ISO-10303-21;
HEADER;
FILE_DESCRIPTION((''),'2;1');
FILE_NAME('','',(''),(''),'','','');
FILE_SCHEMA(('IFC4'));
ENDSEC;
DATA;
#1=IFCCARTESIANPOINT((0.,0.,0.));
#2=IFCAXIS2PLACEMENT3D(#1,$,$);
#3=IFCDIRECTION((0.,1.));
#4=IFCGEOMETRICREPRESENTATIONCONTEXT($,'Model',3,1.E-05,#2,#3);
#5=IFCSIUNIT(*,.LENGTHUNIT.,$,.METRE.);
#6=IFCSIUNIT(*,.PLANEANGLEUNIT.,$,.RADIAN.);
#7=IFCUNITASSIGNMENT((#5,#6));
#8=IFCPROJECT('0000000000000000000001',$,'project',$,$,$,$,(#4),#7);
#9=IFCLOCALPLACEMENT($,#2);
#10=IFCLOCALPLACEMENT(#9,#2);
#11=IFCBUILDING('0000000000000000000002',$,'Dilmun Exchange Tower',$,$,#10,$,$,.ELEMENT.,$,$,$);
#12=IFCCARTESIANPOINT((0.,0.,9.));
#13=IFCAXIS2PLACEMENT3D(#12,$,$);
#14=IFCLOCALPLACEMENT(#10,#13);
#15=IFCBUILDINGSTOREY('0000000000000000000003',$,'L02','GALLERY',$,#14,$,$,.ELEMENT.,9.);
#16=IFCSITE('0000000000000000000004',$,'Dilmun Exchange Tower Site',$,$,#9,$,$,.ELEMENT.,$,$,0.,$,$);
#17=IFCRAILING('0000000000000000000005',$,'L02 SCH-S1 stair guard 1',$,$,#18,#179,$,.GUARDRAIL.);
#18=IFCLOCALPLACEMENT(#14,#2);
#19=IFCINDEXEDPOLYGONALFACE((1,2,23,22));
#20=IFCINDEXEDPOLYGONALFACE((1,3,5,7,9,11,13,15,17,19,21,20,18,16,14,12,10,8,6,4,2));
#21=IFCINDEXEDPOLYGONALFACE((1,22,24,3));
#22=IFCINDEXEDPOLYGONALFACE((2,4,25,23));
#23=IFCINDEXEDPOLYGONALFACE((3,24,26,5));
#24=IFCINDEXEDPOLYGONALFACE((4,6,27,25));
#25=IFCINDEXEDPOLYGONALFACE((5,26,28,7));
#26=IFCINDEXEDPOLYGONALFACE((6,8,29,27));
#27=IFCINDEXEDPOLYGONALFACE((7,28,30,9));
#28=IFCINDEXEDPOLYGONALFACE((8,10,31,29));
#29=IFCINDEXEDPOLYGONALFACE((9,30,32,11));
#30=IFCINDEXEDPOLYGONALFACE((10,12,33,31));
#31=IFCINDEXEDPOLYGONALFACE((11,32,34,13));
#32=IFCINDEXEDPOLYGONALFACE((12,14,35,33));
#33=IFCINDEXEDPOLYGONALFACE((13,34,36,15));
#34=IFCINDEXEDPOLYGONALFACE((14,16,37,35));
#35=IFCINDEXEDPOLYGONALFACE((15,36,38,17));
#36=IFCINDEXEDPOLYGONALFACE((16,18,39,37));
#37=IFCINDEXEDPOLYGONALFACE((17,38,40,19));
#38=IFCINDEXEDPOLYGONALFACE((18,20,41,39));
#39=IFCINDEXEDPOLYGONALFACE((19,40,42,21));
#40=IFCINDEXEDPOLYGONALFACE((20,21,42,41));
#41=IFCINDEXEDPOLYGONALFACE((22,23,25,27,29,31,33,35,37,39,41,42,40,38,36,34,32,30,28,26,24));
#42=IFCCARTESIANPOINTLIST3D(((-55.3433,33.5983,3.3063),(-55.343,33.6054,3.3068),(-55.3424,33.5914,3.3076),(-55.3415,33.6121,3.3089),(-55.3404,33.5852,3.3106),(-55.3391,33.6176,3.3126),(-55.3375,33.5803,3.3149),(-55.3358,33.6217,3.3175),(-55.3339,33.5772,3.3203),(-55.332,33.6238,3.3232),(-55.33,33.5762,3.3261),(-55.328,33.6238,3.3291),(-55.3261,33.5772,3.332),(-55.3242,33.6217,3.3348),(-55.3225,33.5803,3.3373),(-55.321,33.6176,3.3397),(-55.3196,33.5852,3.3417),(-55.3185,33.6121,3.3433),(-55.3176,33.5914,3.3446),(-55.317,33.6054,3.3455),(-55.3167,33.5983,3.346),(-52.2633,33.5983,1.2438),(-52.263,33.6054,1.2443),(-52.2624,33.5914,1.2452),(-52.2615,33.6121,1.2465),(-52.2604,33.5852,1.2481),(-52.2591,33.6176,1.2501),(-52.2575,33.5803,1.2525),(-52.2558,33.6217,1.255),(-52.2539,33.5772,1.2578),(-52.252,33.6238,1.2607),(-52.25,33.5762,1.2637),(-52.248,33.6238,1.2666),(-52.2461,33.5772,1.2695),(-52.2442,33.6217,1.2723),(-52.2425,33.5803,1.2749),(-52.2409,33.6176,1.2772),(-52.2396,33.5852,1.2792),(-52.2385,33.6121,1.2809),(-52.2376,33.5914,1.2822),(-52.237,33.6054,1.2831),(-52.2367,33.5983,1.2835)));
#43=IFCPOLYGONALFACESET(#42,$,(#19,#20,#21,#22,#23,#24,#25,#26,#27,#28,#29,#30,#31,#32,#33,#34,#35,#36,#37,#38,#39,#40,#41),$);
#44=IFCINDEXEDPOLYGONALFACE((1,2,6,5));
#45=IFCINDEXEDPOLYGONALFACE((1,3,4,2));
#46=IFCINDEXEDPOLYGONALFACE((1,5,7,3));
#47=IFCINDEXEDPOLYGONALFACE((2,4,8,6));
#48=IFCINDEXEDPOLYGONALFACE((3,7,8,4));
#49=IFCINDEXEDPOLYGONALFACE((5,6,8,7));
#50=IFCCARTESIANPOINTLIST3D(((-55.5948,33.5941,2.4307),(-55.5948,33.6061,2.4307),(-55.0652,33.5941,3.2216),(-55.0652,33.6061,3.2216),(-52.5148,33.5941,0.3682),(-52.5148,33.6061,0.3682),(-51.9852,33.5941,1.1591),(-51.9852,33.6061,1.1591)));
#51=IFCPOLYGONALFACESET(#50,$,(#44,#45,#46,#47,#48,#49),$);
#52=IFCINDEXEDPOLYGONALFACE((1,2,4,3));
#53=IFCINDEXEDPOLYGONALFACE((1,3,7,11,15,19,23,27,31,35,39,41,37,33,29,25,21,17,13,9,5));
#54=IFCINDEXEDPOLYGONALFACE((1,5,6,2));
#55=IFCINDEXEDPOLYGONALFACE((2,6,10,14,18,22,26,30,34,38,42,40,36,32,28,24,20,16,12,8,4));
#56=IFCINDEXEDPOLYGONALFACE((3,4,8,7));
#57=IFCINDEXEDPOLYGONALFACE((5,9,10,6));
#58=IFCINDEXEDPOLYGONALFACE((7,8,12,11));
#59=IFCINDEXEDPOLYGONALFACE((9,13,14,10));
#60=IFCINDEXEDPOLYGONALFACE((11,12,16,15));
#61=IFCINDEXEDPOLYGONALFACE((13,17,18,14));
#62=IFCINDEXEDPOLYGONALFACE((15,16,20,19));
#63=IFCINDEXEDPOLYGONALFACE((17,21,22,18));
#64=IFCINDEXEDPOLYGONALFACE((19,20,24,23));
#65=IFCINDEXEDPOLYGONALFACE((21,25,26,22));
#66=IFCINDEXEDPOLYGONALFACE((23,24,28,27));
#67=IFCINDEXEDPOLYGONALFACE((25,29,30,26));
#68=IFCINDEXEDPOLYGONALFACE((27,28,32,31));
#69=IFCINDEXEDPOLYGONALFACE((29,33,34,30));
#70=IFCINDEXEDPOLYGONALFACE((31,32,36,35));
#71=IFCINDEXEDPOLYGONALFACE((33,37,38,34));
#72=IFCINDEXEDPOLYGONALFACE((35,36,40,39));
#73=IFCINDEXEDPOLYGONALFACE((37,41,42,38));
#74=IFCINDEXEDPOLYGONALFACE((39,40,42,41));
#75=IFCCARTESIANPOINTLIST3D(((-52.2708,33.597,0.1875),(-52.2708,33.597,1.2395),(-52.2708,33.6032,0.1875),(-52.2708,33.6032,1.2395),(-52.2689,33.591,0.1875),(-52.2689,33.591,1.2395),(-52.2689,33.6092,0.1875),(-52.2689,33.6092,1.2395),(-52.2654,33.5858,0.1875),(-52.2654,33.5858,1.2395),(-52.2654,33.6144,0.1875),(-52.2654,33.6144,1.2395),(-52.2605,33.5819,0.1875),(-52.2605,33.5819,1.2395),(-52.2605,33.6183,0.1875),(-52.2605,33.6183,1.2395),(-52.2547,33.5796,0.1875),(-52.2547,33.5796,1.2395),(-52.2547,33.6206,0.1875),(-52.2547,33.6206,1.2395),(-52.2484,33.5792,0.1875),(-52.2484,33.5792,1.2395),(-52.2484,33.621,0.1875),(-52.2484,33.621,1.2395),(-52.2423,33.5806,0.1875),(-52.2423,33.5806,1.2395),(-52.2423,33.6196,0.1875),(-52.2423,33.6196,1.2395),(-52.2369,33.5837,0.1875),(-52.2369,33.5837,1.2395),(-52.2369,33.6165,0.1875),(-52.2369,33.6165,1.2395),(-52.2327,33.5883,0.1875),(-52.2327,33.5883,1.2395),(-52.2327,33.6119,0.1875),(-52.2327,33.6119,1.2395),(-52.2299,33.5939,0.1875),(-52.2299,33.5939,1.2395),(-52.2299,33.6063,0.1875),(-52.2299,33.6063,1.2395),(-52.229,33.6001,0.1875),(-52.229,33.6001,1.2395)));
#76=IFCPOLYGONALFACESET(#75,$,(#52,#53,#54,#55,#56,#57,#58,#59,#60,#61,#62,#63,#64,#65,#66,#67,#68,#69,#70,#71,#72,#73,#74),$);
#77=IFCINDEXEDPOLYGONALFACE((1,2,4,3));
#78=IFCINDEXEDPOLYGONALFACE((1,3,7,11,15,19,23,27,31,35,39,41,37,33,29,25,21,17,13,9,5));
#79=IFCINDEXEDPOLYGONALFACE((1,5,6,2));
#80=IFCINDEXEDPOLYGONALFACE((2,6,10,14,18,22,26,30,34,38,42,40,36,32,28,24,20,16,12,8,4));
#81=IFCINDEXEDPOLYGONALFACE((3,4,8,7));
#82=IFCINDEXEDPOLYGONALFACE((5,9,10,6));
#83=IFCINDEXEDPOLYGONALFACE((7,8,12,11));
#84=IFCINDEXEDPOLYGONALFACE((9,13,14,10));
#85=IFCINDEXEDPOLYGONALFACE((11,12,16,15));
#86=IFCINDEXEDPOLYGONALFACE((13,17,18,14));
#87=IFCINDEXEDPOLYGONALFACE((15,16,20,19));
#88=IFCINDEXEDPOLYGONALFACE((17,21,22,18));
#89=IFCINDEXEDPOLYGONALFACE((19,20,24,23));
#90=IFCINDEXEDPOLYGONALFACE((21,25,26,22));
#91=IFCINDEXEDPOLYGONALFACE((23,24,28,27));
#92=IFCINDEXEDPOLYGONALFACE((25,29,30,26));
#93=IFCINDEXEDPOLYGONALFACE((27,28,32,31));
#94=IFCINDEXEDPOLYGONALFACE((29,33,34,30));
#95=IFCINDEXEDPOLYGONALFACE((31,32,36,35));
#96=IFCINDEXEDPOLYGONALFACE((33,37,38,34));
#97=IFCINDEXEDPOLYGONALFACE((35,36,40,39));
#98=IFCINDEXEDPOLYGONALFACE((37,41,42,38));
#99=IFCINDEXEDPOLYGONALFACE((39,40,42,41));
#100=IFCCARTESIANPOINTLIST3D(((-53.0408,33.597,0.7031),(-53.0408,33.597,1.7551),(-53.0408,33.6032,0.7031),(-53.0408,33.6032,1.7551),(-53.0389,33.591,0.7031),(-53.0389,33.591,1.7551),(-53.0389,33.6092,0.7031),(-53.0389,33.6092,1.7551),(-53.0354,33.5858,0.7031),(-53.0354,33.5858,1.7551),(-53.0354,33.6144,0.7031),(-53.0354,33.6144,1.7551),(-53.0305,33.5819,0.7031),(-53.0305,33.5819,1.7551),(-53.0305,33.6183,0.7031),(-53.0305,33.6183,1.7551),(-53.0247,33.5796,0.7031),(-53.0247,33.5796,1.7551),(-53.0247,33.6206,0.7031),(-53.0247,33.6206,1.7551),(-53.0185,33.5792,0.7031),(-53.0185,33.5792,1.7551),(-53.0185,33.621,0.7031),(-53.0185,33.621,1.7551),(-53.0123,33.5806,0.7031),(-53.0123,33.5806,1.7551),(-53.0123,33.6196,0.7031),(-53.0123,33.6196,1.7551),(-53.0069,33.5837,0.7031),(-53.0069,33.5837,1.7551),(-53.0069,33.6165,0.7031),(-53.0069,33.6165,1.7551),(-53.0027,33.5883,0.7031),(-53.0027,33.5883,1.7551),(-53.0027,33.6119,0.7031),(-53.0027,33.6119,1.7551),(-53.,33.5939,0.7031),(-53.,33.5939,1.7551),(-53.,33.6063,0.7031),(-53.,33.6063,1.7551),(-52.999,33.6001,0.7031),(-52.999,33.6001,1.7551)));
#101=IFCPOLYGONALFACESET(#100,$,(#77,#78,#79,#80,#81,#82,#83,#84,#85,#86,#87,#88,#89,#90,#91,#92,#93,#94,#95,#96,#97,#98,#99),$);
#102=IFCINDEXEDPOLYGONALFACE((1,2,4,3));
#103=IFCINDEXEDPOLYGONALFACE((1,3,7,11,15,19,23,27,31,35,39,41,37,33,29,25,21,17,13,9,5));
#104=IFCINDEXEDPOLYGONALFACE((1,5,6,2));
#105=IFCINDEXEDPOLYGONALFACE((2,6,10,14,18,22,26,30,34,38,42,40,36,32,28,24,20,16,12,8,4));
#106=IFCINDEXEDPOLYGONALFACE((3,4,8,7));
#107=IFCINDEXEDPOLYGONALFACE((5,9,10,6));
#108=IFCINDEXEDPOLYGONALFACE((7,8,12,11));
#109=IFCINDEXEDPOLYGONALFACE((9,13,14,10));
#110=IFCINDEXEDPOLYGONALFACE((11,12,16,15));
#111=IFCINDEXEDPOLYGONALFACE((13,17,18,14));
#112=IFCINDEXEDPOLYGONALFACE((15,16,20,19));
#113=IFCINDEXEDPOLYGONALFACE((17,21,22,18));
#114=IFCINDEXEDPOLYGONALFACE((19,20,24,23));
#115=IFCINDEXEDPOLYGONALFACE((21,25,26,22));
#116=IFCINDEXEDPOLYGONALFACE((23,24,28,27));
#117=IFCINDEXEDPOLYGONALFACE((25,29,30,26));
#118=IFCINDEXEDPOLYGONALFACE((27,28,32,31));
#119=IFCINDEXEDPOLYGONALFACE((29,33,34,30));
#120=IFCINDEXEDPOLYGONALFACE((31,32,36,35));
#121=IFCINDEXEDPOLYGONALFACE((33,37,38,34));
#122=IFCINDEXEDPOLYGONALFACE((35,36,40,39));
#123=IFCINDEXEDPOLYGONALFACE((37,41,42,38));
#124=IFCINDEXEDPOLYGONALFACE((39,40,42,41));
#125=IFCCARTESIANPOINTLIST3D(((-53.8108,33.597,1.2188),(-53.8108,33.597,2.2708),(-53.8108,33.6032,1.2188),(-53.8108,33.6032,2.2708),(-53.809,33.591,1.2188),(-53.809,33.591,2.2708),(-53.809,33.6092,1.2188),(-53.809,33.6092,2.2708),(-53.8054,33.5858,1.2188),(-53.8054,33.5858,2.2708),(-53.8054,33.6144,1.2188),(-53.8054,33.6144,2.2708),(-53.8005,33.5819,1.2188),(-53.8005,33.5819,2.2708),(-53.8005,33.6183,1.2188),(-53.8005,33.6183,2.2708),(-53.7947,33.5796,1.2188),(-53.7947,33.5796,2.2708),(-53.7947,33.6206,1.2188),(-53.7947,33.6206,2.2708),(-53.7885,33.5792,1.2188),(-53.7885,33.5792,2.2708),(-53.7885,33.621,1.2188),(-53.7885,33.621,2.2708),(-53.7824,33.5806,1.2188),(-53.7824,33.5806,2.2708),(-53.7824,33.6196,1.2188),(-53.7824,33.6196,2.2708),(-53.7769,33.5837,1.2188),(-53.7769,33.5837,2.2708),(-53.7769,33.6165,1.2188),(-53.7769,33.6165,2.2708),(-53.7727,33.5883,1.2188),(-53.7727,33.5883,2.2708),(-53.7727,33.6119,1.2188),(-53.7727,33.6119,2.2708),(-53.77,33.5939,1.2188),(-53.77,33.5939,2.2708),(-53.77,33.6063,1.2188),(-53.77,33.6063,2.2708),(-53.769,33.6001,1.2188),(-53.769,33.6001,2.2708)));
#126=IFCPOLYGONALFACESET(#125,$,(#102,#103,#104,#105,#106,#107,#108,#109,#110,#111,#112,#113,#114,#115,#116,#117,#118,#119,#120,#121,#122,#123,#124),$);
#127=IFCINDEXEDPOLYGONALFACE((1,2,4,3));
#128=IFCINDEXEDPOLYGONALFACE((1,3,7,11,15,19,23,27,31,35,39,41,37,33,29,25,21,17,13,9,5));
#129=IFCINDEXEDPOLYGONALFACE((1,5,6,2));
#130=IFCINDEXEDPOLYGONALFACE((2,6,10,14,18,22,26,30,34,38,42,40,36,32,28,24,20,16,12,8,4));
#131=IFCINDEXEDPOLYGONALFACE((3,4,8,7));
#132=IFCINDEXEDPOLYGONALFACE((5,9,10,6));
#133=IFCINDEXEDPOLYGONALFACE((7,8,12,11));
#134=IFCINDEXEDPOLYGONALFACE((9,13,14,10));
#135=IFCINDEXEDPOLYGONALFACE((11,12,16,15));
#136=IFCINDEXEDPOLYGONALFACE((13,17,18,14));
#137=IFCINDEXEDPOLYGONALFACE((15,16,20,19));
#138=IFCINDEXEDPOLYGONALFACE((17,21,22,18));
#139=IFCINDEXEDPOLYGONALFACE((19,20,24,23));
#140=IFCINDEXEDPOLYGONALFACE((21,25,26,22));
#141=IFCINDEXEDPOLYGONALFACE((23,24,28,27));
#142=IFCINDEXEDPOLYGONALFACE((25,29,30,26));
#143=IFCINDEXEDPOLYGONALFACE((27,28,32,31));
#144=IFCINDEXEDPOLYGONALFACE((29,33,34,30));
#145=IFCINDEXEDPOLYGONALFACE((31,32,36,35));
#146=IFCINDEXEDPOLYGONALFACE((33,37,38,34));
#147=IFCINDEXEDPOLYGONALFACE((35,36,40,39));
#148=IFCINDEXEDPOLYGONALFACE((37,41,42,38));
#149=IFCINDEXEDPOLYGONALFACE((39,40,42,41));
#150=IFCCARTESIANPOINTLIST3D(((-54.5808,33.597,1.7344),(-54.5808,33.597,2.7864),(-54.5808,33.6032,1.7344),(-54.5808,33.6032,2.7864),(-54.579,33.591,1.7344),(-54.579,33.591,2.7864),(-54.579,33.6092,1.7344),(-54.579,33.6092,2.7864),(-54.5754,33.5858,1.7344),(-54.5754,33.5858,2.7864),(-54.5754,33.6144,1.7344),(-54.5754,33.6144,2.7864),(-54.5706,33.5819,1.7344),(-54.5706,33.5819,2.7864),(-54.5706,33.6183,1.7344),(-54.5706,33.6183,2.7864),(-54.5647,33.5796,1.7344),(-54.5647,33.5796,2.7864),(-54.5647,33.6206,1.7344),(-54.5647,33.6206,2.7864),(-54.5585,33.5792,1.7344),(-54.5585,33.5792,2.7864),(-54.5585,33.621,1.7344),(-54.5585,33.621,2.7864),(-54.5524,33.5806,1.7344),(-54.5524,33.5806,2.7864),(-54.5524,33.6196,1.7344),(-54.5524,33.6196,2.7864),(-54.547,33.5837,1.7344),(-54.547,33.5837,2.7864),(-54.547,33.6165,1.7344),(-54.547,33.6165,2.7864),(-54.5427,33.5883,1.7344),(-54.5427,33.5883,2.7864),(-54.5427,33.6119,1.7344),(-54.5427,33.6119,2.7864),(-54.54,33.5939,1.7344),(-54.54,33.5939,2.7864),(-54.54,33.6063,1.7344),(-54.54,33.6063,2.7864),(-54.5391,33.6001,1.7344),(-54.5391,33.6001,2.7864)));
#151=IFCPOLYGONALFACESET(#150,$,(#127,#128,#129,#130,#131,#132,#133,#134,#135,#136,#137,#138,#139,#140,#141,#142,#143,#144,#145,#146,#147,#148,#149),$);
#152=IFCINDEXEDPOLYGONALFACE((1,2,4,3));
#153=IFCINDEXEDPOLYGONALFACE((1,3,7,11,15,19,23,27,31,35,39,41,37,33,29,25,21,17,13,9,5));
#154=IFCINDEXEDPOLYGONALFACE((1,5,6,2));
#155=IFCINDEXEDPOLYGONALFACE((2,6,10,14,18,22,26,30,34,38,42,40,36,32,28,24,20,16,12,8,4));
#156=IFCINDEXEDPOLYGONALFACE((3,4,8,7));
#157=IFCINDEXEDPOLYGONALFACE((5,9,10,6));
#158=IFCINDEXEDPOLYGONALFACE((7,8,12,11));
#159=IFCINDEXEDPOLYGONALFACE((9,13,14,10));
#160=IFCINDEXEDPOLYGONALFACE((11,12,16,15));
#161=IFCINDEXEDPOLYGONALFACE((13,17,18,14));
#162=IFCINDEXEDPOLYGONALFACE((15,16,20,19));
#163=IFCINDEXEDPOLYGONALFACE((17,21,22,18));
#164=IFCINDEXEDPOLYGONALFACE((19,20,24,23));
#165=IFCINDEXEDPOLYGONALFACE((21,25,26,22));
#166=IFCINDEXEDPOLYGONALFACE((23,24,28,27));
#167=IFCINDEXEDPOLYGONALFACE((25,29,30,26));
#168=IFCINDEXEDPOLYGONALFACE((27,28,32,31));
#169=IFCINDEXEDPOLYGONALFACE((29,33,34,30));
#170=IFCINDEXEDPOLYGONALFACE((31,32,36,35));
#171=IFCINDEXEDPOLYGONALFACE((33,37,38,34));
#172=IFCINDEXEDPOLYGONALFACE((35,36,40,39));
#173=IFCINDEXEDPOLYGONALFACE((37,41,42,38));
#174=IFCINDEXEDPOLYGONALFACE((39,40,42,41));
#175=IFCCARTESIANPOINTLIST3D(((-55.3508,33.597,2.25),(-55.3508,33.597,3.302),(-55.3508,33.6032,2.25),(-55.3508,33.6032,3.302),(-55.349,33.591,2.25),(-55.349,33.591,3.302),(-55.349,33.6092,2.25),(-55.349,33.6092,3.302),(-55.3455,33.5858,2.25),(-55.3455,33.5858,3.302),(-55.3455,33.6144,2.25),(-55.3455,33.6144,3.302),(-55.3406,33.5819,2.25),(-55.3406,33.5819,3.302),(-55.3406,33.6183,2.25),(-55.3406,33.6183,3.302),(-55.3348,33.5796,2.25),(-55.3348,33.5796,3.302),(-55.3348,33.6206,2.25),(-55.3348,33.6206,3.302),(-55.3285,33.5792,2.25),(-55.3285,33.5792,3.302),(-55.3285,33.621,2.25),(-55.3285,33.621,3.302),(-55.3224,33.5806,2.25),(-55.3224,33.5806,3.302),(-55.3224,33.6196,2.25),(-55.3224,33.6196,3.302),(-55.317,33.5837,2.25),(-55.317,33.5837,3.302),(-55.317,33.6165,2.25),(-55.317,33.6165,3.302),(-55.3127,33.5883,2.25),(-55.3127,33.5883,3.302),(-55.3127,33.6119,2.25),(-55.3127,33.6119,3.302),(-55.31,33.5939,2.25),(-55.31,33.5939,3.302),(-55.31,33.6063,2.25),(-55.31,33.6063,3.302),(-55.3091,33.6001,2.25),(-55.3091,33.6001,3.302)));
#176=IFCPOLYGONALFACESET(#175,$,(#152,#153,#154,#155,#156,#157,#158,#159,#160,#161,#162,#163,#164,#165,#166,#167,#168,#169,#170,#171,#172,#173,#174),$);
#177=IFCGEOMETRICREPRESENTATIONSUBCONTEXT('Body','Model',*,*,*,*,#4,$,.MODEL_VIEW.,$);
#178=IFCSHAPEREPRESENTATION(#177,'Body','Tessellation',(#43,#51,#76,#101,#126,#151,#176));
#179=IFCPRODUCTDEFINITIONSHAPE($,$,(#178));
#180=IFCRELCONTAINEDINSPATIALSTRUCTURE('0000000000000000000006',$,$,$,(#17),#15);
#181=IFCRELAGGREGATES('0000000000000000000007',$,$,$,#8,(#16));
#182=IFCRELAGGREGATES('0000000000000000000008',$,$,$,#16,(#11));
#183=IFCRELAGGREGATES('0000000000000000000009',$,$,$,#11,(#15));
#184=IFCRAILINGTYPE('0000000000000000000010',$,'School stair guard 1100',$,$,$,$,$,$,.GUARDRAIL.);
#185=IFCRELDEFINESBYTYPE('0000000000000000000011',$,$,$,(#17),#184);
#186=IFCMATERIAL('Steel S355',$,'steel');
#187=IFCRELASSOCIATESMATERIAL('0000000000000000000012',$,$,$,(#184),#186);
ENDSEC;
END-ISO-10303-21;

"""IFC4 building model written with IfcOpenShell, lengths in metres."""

from ifc_helpers import new_model, si_unit, direction, frame, origin, origin_2d, place, context, subcontext, project, spatial, rectangle, circle, extrude, material, type_object, element, save


model = new_model("IFC4")

# Units and contexts
model_context = context("Model", 3, precision=1e-05, world=origin(), true_north=direction((0.0, 1.0)))
body_context = subcontext(model_context, "Body", "Model", "MODEL_VIEW")
ifc_project = project(units=[si_unit("LENGTHUNIT", "METRE"), si_unit("PLANEANGLEUNIT", "RADIAN")], contexts=[model_context])

# Site, building, storey
site_placement = place(None, origin())
site = spatial("IfcSite", under=ifc_project, at=site_placement, Name="Dilmun Exchange Tower Site", CompositionType="ELEMENT", RefElevation=0.0)
building_placement = place(site_placement, origin())
building = spatial("IfcBuilding", under=site, at=building_placement, Name="Dilmun Exchange Tower", CompositionType="ELEMENT")
storey_placement = place(building_placement, frame((0.0, 0.0, 9.0)))
storey = spatial("IfcBuildingStorey", under=building, at=storey_placement, Name="L02", Description="GALLERY", CompositionType="ELEMENT", Elevation=9.0)

# Railing
ifc_material_1 = material(Name="Steel S355", Category="steel")
railing_type_1 = type_object("IfcRailingType", Name="School stair guard 1100", PredefinedType="GUARDRAIL", material=ifc_material_1)
railing_1_placement = place(storey_placement, frame((-52.25, 33.6001, 0.1875)))
element("IfcRailing", 1, at=railing_1_placement, inside=storey, type_object=railing_type_1, Name="L02 SCH-S1 stair guard 1", PredefinedType="GUARDRAIL", context=body_context, shape_type="SweptSolid", body=[
    extrude(circle(Radius=0.0239, at=origin_2d()), frame((0.0, 0.0, 1.0762), z_axis=(-0.830914, 0.0, 0.556401), x_axis=(0.0, -1.0, 0.0)), (0.0, 0.0, 1.0), 3.7068),
    extrude(rectangle(XDim=0.012, YDim=0.9519, at=origin_2d()), frame((0.0, 0.0, 0.5762), z_axis=(-0.830914, 0.0, 0.556401), x_axis=(0.0, -1.0, 0.0)), (0.0, 0.0, 1.0), 3.7068),
    extrude(circle(Radius=0.021, at=origin_2d()), origin(), (0.0, 0.0, 1.0), 1.052),
    extrude(circle(Radius=0.021, at=origin_2d()), frame((-0.77, 0.0, 0.5156)), (0.0, 0.0, 1.0), 1.052),
    extrude(circle(Radius=0.021, at=origin_2d()), frame((-1.54, 0.0, 1.0312)), (0.0, 0.0, 1.0), 1.052),
    extrude(circle(Radius=0.021, at=origin_2d()), frame((-2.3101, 0.0, 1.5469)), (0.0, 0.0, 1.0), 1.052),
    extrude(circle(Radius=0.021, at=origin_2d()), frame((-3.0801, 0.0, 2.0625)), (0.0, 0.0, 1.0), 1.052),
])

save(model, "model.ifc")
